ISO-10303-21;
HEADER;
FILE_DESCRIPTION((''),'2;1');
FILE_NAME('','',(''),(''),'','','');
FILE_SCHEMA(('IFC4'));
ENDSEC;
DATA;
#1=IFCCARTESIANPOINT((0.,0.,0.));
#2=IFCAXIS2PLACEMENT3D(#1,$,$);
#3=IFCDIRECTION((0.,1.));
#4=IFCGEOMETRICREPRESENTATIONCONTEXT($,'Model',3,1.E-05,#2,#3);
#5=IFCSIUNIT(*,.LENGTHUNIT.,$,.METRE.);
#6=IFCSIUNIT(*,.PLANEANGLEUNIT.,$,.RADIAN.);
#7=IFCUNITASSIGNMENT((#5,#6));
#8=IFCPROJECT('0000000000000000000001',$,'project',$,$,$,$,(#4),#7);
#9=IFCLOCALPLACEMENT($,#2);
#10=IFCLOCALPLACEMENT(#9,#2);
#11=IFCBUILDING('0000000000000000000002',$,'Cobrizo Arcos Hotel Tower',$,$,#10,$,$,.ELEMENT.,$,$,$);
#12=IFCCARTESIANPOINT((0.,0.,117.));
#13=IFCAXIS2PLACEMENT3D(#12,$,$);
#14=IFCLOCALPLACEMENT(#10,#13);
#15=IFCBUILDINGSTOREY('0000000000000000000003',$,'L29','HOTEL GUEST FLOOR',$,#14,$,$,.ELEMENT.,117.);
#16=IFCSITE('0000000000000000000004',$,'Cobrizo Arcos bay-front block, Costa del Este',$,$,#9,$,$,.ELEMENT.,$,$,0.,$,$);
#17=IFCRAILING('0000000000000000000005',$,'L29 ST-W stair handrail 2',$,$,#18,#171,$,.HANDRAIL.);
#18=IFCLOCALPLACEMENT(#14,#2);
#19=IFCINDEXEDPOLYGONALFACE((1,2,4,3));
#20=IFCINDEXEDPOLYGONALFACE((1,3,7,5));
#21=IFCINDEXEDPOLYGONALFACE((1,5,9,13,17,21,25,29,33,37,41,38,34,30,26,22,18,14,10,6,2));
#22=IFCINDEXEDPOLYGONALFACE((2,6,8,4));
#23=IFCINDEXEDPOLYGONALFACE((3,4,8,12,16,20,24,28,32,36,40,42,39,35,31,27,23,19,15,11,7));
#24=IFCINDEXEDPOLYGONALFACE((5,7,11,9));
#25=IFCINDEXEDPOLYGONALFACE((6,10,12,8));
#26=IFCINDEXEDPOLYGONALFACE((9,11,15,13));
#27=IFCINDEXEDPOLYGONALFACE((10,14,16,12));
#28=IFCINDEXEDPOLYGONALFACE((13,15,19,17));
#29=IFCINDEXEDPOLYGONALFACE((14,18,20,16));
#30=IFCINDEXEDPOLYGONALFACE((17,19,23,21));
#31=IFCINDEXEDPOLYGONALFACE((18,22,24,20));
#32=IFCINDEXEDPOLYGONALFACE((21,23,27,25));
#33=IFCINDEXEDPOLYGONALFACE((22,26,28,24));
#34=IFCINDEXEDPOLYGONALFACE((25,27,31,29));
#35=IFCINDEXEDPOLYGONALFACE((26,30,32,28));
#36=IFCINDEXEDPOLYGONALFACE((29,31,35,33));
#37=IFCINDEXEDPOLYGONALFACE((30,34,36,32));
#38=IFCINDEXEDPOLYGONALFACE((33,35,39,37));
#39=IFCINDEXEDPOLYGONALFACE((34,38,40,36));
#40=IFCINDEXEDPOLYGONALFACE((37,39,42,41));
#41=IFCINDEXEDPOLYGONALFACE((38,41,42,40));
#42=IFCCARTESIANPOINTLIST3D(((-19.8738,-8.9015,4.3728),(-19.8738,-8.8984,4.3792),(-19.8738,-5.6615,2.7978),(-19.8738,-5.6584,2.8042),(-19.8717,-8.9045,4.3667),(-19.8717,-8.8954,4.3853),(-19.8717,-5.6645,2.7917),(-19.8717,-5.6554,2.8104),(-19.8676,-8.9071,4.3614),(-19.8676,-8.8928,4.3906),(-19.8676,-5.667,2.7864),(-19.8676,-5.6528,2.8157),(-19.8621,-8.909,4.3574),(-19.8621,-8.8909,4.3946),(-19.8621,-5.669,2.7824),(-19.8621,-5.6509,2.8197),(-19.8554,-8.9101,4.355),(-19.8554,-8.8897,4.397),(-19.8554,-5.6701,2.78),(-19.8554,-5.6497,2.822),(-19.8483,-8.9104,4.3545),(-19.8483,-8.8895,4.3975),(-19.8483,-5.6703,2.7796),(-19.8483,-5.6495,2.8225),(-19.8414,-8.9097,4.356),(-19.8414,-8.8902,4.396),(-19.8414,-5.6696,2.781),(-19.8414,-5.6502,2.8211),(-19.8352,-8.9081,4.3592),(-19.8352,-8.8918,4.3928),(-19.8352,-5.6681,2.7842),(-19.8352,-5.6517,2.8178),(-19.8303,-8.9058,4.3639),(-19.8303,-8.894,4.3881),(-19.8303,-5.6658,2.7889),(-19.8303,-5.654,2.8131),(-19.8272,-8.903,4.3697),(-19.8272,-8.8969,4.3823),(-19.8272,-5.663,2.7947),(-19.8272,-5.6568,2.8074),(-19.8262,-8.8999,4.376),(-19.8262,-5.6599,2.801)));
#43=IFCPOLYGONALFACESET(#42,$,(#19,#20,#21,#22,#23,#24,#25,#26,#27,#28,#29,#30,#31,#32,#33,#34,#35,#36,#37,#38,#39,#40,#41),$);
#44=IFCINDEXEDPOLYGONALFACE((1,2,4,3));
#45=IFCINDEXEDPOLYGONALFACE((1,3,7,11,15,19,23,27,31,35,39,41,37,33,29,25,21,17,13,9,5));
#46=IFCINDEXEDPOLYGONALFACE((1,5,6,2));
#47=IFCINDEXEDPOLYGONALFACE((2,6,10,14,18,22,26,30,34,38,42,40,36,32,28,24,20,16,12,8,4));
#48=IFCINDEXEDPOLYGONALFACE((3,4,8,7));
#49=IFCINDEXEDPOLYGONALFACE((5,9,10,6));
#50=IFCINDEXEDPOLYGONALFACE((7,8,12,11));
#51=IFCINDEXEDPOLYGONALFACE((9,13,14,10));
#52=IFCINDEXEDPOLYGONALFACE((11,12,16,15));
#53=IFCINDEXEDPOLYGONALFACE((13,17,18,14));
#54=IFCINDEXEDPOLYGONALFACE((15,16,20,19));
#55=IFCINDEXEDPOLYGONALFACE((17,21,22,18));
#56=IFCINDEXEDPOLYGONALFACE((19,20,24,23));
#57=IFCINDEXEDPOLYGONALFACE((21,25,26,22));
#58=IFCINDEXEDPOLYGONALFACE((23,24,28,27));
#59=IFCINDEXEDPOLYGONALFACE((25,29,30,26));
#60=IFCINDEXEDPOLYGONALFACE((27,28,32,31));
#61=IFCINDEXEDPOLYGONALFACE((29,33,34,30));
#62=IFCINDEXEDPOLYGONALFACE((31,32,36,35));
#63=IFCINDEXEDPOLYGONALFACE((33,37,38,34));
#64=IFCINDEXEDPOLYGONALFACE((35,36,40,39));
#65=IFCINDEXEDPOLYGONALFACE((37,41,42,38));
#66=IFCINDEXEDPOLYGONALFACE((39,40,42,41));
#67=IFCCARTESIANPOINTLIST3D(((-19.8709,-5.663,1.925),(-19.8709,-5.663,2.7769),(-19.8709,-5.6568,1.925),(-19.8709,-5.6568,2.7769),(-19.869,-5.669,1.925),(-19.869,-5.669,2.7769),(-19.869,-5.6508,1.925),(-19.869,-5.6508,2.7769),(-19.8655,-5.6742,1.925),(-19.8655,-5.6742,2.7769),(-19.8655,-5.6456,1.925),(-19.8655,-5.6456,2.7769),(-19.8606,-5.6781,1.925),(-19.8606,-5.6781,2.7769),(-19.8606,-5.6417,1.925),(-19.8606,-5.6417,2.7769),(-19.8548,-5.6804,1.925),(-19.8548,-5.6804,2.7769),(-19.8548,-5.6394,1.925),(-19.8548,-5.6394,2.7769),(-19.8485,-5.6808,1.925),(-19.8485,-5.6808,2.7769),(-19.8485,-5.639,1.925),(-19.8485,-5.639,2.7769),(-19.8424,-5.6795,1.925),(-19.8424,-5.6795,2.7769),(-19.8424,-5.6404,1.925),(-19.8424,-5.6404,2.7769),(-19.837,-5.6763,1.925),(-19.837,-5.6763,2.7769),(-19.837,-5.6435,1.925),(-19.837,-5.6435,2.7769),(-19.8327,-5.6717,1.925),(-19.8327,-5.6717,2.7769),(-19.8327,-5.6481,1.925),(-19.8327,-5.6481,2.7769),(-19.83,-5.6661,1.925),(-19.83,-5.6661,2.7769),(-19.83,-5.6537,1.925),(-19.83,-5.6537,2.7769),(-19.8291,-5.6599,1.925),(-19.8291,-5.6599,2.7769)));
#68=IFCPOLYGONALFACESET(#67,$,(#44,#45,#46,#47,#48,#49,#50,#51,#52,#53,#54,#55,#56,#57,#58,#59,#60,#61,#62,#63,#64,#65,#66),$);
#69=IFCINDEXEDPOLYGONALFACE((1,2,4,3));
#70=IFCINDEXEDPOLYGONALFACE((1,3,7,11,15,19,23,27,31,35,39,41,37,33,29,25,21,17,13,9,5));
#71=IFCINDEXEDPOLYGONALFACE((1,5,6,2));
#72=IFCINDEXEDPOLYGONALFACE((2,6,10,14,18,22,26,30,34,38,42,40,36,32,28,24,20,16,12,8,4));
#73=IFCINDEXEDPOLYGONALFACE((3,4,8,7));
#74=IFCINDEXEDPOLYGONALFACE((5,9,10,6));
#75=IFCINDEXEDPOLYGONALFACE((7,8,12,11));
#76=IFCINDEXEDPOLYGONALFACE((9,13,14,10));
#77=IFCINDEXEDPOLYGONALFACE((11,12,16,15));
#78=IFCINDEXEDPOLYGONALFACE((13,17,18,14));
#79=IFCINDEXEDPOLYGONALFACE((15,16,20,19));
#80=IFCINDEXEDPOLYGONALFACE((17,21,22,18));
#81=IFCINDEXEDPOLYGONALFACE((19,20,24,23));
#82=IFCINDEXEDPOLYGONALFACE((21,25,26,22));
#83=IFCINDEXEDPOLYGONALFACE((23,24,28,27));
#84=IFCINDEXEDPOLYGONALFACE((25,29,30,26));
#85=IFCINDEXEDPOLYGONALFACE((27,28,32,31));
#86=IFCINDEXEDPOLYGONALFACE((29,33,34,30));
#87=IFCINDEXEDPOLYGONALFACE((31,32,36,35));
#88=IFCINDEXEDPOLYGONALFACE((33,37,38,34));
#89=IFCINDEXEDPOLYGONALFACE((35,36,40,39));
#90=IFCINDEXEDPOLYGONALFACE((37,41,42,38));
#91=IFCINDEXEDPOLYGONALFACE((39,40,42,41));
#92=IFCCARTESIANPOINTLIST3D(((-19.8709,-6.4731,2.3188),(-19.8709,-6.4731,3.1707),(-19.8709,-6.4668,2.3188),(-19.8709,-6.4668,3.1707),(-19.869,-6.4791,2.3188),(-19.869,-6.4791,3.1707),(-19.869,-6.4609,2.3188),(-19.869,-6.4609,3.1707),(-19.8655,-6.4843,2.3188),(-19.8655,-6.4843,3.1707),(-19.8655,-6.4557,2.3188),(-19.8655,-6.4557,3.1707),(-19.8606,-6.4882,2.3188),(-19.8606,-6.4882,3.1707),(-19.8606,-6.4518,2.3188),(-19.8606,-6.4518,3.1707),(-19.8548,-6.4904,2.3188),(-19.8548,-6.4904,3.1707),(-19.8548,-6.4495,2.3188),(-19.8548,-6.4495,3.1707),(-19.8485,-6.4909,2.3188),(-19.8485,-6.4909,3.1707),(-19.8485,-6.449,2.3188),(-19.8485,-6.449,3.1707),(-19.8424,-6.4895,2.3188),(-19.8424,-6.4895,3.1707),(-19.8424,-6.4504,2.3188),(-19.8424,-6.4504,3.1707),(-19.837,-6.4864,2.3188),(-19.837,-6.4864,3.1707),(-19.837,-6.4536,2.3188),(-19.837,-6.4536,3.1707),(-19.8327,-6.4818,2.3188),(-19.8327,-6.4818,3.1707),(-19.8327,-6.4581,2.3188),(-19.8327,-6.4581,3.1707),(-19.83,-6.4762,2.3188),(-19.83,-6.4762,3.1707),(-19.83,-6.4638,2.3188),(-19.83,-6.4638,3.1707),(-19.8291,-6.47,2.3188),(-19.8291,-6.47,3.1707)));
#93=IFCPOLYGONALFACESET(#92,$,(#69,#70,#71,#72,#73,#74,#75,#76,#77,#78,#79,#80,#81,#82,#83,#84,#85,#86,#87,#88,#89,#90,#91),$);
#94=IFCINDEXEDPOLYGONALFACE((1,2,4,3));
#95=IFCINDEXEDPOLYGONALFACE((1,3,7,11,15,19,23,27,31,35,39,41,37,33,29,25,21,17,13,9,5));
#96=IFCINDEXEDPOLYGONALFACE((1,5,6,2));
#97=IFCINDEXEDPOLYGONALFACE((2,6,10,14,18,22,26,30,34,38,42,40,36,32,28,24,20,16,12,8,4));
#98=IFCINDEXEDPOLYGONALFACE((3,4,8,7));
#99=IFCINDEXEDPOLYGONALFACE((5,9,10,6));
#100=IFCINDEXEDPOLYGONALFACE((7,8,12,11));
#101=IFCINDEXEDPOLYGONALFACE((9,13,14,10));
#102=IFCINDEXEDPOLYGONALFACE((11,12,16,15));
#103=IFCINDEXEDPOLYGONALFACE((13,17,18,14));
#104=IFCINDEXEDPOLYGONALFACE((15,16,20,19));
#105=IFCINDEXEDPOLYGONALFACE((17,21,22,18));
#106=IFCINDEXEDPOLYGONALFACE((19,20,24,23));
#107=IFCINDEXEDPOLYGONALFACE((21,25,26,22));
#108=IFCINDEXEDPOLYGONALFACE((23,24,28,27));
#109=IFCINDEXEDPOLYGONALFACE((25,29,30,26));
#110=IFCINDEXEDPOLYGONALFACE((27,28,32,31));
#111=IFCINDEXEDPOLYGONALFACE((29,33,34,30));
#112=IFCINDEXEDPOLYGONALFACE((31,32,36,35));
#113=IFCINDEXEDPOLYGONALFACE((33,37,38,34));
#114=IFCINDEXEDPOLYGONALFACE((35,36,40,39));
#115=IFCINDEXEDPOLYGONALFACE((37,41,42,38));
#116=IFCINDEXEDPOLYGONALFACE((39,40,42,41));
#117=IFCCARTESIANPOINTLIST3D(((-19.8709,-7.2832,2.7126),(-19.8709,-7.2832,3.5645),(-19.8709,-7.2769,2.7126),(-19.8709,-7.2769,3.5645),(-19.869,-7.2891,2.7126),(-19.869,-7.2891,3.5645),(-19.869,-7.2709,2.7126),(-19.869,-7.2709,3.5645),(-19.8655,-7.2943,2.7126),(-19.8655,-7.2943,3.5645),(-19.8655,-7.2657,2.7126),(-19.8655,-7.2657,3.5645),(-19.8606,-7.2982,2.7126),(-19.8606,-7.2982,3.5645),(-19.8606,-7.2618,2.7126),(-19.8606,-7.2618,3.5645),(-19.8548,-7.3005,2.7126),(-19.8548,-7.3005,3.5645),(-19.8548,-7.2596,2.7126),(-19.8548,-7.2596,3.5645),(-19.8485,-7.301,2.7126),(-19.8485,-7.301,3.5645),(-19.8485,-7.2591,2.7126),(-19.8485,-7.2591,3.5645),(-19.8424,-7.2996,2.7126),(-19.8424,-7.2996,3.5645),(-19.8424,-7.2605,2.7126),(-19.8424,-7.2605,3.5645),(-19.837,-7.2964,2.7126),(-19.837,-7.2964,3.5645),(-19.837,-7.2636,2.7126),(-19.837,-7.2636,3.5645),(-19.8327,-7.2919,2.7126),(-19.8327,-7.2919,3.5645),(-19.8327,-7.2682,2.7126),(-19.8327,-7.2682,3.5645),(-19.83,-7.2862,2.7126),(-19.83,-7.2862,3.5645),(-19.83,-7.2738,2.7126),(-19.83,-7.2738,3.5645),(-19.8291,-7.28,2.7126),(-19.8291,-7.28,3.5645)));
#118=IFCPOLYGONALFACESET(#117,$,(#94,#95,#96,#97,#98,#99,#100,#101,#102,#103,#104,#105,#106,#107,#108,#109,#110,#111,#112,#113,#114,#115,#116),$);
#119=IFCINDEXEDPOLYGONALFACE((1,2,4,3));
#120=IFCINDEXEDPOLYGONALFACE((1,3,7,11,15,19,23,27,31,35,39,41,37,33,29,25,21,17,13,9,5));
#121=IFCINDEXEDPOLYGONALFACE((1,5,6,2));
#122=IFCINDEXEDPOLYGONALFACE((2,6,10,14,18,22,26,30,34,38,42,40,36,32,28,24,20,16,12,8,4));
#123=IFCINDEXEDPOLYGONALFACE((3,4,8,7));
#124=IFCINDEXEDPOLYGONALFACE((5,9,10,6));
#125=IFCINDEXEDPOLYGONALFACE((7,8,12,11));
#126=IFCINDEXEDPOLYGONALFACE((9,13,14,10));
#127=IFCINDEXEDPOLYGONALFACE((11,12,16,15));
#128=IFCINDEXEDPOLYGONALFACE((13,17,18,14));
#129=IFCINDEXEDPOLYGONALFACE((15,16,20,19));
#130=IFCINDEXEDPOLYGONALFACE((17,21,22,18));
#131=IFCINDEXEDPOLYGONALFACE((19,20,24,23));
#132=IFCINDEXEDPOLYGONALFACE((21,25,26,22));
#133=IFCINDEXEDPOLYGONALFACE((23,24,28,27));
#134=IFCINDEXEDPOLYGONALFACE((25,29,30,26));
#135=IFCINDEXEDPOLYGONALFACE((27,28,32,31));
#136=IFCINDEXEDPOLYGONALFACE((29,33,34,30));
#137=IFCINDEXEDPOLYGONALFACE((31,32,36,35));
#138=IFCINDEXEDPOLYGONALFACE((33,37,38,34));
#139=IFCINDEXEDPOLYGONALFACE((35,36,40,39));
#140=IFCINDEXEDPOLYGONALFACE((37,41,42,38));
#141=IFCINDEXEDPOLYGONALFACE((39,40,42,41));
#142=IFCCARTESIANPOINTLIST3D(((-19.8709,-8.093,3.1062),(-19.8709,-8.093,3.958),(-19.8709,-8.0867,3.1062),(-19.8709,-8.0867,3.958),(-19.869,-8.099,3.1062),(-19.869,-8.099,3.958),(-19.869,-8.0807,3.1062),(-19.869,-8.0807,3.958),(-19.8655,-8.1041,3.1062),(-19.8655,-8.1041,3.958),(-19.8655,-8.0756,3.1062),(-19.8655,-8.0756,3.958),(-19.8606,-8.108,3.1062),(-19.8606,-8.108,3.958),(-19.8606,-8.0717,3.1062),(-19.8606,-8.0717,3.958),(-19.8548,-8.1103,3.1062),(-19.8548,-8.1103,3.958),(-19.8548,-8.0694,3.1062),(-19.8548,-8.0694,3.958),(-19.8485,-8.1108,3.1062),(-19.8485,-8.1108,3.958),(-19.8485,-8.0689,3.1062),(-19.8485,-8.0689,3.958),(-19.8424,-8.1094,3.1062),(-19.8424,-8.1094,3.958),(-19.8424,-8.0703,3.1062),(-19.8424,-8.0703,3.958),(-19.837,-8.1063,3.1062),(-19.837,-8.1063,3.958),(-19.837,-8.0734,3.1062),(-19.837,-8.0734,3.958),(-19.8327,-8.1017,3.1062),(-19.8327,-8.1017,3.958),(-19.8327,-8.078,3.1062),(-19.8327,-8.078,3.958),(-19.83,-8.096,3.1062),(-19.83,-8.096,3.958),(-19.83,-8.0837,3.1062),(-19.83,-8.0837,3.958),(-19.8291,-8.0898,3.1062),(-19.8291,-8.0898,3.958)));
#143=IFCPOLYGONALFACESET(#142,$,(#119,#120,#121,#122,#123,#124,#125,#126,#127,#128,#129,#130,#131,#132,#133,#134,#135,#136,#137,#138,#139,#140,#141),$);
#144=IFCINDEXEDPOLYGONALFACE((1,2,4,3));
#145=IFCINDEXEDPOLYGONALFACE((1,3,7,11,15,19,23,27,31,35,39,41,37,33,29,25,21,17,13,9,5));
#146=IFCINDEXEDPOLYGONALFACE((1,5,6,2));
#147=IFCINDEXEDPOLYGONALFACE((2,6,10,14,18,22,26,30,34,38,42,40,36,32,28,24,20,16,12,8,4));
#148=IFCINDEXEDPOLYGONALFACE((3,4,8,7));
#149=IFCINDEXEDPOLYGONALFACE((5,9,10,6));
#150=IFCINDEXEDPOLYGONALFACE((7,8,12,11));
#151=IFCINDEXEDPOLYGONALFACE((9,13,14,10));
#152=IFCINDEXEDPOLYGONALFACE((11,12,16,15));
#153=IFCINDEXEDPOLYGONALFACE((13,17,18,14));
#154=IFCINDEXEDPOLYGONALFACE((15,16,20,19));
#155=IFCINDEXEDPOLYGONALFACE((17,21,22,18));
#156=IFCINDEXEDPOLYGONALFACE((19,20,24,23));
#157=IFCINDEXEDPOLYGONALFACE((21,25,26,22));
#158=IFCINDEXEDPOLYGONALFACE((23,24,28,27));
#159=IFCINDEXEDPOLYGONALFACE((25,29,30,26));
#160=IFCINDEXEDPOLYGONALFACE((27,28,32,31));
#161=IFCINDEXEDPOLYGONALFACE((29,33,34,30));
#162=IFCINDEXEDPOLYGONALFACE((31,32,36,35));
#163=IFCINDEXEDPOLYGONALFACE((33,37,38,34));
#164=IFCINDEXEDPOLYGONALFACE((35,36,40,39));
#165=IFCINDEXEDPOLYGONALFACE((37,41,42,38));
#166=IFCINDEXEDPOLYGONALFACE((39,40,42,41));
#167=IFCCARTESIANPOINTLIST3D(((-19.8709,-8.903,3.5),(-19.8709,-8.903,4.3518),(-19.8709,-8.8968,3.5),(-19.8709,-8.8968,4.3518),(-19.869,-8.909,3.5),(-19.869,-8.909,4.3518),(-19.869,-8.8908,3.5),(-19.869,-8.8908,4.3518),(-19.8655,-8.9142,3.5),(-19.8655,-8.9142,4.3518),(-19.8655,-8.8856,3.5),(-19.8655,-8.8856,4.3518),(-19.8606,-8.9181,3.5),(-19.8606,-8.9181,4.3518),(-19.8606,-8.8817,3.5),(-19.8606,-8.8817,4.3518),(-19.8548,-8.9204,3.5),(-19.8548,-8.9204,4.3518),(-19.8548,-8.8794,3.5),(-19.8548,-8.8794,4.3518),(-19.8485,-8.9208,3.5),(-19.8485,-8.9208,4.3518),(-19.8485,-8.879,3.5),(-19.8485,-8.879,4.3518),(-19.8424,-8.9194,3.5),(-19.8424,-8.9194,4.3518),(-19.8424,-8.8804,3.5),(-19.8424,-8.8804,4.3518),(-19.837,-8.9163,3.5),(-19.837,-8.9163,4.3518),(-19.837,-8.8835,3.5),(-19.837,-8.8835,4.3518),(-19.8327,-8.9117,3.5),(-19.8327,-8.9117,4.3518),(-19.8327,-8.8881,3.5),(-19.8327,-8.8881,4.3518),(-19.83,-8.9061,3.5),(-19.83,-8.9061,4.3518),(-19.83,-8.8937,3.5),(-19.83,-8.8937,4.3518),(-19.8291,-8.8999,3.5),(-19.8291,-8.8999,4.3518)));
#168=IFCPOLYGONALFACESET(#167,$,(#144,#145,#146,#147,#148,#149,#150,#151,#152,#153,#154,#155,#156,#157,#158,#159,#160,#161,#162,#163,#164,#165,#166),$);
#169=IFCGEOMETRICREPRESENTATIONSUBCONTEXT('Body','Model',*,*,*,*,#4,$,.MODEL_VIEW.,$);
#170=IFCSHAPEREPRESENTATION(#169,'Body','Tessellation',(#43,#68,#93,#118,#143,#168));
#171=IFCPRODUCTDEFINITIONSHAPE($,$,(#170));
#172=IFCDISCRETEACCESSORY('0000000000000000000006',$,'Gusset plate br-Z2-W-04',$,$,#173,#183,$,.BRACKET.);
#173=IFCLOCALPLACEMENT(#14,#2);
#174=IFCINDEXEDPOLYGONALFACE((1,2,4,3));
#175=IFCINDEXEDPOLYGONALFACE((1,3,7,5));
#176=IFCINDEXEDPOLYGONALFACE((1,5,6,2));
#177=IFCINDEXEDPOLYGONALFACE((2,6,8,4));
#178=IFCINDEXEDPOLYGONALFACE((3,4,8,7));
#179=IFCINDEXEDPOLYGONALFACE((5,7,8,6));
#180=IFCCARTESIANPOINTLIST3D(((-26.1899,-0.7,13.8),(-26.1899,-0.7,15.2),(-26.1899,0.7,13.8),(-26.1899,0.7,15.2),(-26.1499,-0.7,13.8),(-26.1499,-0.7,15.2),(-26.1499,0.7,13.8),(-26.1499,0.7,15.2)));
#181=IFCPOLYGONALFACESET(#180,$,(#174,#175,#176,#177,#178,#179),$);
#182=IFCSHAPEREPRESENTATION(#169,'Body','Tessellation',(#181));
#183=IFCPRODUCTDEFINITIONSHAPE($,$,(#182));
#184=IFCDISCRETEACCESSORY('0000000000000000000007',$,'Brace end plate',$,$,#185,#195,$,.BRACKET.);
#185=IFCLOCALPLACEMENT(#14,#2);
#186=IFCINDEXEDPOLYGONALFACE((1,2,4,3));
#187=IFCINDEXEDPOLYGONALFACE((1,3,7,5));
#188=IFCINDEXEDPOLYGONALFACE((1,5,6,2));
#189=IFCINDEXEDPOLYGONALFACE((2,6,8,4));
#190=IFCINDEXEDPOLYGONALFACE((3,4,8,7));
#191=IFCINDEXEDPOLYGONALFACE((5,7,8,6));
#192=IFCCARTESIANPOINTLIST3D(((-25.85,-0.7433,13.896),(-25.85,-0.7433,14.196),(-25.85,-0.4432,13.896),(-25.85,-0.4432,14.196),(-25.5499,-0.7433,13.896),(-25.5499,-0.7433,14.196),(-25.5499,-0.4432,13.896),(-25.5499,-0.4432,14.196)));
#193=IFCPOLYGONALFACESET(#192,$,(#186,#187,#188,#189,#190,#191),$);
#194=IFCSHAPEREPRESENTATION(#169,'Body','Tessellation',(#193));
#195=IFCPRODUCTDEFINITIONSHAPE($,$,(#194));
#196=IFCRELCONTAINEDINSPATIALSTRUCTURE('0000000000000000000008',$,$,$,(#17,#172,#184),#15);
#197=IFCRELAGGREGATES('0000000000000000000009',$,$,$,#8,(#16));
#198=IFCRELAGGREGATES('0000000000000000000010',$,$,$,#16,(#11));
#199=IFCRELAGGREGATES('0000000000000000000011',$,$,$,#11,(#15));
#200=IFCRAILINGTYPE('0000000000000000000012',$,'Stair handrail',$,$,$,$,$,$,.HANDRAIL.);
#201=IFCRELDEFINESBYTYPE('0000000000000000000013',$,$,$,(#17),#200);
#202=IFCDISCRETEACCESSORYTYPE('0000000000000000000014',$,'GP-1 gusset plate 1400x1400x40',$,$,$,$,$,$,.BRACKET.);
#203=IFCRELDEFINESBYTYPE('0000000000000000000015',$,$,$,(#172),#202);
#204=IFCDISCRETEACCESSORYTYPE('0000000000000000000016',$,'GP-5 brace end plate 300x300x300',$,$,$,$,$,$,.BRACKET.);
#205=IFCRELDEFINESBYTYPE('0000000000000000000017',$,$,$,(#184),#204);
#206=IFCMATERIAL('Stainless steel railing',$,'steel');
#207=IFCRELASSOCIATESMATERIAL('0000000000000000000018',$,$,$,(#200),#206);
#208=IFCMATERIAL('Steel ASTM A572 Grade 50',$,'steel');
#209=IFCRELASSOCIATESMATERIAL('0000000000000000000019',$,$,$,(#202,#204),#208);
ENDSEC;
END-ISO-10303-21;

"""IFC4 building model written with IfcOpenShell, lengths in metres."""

from ifc_helpers import new_model, si_unit, direction, frame, origin, origin_2d, place, context, subcontext, project, spatial, rectangle, circle, extrude, material, type_object, element, save


model = new_model("IFC4")

# Units and contexts
model_context = context("Model", 3, precision=1e-05, world=origin(), true_north=direction((0.0, 1.0)))
body_context = subcontext(model_context, "Body", "Model", "MODEL_VIEW")
ifc_project = project(units=[si_unit("LENGTHUNIT", "METRE"), si_unit("PLANEANGLEUNIT", "RADIAN")], contexts=[model_context])

# Site, building, storey
site_placement = place(None, origin())
site = spatial("IfcSite", under=ifc_project, at=site_placement, Name="Cobrizo Arcos bay-front block, Costa del Este", CompositionType="ELEMENT", RefElevation=0.0)
building_placement = place(site_placement, origin())
building = spatial("IfcBuilding", under=site, at=building_placement, Name="Cobrizo Arcos Hotel Tower", CompositionType="ELEMENT")
storey_placement = place(building_placement, frame((0.0, 0.0, 117.0)))
storey = spatial("IfcBuildingStorey", under=building, at=storey_placement, Name="L29", Description="HOTEL GUEST FLOOR", CompositionType="ELEMENT", Elevation=117.0)

# Railing
ifc_material_1 = material(Name="Stainless steel railing", Category="steel")
railing_type_1 = type_object("IfcRailingType", Name="Stair handrail", PredefinedType="HANDRAIL", material=ifc_material_1)
railing_1_placement = place(storey_placement, frame((-19.8501, -5.6599, 1.925)))
element("IfcRailing", 1, at=railing_1_placement, inside=storey, type_object=railing_type_1, Name="L29 ST-W stair handrail 2", PredefinedType="HANDRAIL", context=body_context, shape_type="SweptSolid", body=[
    extrude(circle(Radius=0.0239, at=origin_2d()), frame((0.0, 0.0, 0.876), z_axis=(0.0, -0.899373, 0.437183), x_axis=(1.0, 0.0, 0.0)), (0.0, 0.0, 1.0), 3.6025),
    extrude(circle(Radius=0.021, at=origin_2d()), origin(), (0.0, 0.0, 1.0), 0.8518),
    extrude(circle(Radius=0.021, at=origin_2d()), frame((0.0, -0.8101, 0.3938)), (0.0, 0.0, 1.0), 0.8518),
    extrude(circle(Radius=0.021, at=origin_2d()), frame((0.0, -1.6201, 0.7876)), (0.0, 0.0, 1.0), 0.8518),
    extrude(circle(Radius=0.021, at=origin_2d()), frame((0.0, -2.4299, 1.1812)), (0.0, 0.0, 1.0), 0.8518),
    extrude(circle(Radius=0.021, at=origin_2d()), frame((0.0, -3.24, 1.575)), (0.0, 0.0, 1.0), 0.8518),
])

# Discrete accessories
ifc_material_2 = material(Name="Steel ASTM A572 Grade 50", Category="steel")
discrete_accessory_type_1 = type_object("IfcDiscreteAccessoryType", Name="GP-1 gusset plate 1400x1400x40", PredefinedType="BRACKET", material=ifc_material_2)
discrete_accessory_1_placement = place(storey_placement, frame((-26.1699, 0.0, 13.8), z_axis=(0.0, 0.0, 1.0), x_axis=(1.0, 0.0, 0.0)))
element("IfcDiscreteAccessory", 2, at=discrete_accessory_1_placement, inside=storey, type_object=discrete_accessory_type_1, Name="Gusset plate br-Z2-W-04", PredefinedType="BRACKET", context=body_context, shape_type="SweptSolid", body=[
    extrude(rectangle(XDim=0.04, YDim=1.3999, at=origin_2d()), origin(), (0.0, 0.0, 1.0), 1.3999),
])
discrete_accessory_type_2 = type_object("IfcDiscreteAccessoryType", Name="GP-5 brace end plate 300x300x300", PredefinedType="BRACKET", material=ifc_material_2)
discrete_accessory_2_placement = place(storey_placement, frame((-25.7, -0.5933, 13.896), z_axis=(0.0, 0.0, 1.0), x_axis=(1.0, 0.0, 0.0)))
element("IfcDiscreteAccessory", 3, at=discrete_accessory_2_placement, inside=storey, type_object=discrete_accessory_type_2, Name="Brace end plate", PredefinedType="BRACKET", context=body_context, shape_type="SweptSolid", body=[
    extrude(rectangle(XDim=0.3, YDim=0.3, at=origin_2d()), origin(), (0.0, 0.0, 1.0), 0.3),
])

save(model, "model.ifc")
